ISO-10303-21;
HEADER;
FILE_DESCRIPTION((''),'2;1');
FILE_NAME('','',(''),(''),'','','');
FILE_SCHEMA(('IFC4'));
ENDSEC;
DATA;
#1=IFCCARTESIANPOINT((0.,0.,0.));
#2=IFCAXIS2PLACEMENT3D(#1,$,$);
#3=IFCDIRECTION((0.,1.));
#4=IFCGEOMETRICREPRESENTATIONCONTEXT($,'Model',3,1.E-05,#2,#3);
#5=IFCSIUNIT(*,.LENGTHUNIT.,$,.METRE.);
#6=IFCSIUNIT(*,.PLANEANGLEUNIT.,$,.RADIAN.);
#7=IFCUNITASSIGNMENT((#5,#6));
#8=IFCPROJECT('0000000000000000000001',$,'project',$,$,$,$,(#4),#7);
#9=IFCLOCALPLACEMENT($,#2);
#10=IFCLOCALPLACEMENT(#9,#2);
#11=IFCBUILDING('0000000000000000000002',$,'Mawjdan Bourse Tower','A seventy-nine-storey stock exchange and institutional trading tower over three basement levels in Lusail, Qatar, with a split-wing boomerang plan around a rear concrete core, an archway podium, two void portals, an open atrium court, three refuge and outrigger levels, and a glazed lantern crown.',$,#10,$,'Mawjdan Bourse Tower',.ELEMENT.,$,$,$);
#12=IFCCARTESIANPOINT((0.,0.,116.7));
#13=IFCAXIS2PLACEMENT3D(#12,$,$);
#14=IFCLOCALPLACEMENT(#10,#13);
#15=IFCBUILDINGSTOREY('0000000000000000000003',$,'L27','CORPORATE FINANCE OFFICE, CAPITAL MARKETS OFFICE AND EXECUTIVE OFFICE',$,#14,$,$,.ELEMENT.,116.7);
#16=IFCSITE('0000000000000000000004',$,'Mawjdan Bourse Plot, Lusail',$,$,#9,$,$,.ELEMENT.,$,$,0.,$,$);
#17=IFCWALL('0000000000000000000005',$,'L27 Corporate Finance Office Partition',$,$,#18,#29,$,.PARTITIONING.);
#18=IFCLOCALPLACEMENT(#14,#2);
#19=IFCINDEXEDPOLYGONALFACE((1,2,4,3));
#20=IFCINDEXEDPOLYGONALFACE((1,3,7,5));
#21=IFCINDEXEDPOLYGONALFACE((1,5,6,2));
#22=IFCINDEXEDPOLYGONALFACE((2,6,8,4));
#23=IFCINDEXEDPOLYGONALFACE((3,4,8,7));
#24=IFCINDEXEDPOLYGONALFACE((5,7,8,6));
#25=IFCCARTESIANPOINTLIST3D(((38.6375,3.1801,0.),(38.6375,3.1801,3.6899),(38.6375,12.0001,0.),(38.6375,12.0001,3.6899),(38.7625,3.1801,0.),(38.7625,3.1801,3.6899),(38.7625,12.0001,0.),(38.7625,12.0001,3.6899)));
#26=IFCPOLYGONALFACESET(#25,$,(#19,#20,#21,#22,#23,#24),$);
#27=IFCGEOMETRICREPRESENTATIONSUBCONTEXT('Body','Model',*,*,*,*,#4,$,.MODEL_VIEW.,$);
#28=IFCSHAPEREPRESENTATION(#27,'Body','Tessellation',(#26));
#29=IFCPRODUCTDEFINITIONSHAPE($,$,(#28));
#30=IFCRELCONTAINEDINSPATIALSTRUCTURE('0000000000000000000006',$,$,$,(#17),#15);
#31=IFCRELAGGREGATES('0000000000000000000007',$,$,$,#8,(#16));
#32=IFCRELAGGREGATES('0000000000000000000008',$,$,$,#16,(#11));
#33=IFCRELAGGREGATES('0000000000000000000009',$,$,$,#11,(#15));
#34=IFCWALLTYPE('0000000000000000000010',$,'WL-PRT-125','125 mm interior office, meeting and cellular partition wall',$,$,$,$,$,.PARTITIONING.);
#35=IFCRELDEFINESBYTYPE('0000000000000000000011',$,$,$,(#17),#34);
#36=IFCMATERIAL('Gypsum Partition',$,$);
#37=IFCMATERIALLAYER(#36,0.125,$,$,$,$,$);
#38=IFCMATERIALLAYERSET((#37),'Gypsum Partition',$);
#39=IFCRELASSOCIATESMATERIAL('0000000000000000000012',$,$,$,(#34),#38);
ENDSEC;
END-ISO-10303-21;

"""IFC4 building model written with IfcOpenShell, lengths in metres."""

from ifc_helpers import new_model, si_unit, direction, frame, frame_2d, origin, place, context, subcontext, project, spatial, rectangle, extrude, material, layer, layer_set, type_object, element, save


model = new_model("IFC4")

# Units and contexts
model_context = context("Model", 3, precision=1e-05, world=origin(), true_north=direction((0.0, 1.0)))
body_context = subcontext(model_context, "Body", "Model", "MODEL_VIEW")
ifc_project = project(units=[si_unit("LENGTHUNIT", "METRE"), si_unit("PLANEANGLEUNIT", "RADIAN")], contexts=[model_context])

# Site, building, storey
site_placement = place(None, origin())
site = spatial("IfcSite", under=ifc_project, at=site_placement, Name="Mawjdan Bourse Plot, Lusail", CompositionType="ELEMENT", RefElevation=0.0)
building_placement = place(site_placement, origin())
building = spatial("IfcBuilding", under=site, at=building_placement, Name="Mawjdan Bourse Tower", Description="A seventy-nine-storey stock exchange and institutional trading tower over three basement levels in Lusail, Qatar, with a split-wing boomerang plan around a rear concrete core, an archway podium, two void portals, an open atrium court, three refuge and outrigger levels, and a glazed lantern crown.", LongName="Mawjdan Bourse Tower", CompositionType="ELEMENT")
storey_placement = place(building_placement, frame((0.0, 0.0, 116.7)))
storey = spatial("IfcBuildingStorey", under=building, at=storey_placement, Name="L27", Description="CORPORATE FINANCE OFFICE, CAPITAL MARKETS OFFICE AND EXECUTIVE OFFICE", CompositionType="ELEMENT", Elevation=116.7)

# Wall
ifc_material_1 = material(Name="Gypsum Partition")
ifc_layer_1 = layer(ifc_material_1, 0.125)
ifc_layer_set_1 = layer_set([ifc_layer_1], Name="Gypsum Partition")
wall_type_1 = type_object("IfcWallType", Name="WL-PRT-125", Description="125 mm interior office, meeting and cellular partition wall", PredefinedType="PARTITIONING", material=ifc_layer_set_1)
wall_1_placement = place(storey_placement, frame((38.7, 3.1799, 0.0), z_axis=(0.0, 0.0, 1.0), x_axis=(0.0, 1.0, 0.0)))
element("IfcWall", 1, at=wall_1_placement, inside=storey, type_object=wall_type_1, Name="L27 Corporate Finance Office Partition", PredefinedType="PARTITIONING", context=body_context, shape_type="SweptSolid", body=[
    extrude(rectangle(XDim=8.8201, YDim=0.125, at=frame_2d((4.4102, 0.0))), origin(), (0.0, 0.0, 1.0), 3.6899),
])

save(model, "model.ifc")
